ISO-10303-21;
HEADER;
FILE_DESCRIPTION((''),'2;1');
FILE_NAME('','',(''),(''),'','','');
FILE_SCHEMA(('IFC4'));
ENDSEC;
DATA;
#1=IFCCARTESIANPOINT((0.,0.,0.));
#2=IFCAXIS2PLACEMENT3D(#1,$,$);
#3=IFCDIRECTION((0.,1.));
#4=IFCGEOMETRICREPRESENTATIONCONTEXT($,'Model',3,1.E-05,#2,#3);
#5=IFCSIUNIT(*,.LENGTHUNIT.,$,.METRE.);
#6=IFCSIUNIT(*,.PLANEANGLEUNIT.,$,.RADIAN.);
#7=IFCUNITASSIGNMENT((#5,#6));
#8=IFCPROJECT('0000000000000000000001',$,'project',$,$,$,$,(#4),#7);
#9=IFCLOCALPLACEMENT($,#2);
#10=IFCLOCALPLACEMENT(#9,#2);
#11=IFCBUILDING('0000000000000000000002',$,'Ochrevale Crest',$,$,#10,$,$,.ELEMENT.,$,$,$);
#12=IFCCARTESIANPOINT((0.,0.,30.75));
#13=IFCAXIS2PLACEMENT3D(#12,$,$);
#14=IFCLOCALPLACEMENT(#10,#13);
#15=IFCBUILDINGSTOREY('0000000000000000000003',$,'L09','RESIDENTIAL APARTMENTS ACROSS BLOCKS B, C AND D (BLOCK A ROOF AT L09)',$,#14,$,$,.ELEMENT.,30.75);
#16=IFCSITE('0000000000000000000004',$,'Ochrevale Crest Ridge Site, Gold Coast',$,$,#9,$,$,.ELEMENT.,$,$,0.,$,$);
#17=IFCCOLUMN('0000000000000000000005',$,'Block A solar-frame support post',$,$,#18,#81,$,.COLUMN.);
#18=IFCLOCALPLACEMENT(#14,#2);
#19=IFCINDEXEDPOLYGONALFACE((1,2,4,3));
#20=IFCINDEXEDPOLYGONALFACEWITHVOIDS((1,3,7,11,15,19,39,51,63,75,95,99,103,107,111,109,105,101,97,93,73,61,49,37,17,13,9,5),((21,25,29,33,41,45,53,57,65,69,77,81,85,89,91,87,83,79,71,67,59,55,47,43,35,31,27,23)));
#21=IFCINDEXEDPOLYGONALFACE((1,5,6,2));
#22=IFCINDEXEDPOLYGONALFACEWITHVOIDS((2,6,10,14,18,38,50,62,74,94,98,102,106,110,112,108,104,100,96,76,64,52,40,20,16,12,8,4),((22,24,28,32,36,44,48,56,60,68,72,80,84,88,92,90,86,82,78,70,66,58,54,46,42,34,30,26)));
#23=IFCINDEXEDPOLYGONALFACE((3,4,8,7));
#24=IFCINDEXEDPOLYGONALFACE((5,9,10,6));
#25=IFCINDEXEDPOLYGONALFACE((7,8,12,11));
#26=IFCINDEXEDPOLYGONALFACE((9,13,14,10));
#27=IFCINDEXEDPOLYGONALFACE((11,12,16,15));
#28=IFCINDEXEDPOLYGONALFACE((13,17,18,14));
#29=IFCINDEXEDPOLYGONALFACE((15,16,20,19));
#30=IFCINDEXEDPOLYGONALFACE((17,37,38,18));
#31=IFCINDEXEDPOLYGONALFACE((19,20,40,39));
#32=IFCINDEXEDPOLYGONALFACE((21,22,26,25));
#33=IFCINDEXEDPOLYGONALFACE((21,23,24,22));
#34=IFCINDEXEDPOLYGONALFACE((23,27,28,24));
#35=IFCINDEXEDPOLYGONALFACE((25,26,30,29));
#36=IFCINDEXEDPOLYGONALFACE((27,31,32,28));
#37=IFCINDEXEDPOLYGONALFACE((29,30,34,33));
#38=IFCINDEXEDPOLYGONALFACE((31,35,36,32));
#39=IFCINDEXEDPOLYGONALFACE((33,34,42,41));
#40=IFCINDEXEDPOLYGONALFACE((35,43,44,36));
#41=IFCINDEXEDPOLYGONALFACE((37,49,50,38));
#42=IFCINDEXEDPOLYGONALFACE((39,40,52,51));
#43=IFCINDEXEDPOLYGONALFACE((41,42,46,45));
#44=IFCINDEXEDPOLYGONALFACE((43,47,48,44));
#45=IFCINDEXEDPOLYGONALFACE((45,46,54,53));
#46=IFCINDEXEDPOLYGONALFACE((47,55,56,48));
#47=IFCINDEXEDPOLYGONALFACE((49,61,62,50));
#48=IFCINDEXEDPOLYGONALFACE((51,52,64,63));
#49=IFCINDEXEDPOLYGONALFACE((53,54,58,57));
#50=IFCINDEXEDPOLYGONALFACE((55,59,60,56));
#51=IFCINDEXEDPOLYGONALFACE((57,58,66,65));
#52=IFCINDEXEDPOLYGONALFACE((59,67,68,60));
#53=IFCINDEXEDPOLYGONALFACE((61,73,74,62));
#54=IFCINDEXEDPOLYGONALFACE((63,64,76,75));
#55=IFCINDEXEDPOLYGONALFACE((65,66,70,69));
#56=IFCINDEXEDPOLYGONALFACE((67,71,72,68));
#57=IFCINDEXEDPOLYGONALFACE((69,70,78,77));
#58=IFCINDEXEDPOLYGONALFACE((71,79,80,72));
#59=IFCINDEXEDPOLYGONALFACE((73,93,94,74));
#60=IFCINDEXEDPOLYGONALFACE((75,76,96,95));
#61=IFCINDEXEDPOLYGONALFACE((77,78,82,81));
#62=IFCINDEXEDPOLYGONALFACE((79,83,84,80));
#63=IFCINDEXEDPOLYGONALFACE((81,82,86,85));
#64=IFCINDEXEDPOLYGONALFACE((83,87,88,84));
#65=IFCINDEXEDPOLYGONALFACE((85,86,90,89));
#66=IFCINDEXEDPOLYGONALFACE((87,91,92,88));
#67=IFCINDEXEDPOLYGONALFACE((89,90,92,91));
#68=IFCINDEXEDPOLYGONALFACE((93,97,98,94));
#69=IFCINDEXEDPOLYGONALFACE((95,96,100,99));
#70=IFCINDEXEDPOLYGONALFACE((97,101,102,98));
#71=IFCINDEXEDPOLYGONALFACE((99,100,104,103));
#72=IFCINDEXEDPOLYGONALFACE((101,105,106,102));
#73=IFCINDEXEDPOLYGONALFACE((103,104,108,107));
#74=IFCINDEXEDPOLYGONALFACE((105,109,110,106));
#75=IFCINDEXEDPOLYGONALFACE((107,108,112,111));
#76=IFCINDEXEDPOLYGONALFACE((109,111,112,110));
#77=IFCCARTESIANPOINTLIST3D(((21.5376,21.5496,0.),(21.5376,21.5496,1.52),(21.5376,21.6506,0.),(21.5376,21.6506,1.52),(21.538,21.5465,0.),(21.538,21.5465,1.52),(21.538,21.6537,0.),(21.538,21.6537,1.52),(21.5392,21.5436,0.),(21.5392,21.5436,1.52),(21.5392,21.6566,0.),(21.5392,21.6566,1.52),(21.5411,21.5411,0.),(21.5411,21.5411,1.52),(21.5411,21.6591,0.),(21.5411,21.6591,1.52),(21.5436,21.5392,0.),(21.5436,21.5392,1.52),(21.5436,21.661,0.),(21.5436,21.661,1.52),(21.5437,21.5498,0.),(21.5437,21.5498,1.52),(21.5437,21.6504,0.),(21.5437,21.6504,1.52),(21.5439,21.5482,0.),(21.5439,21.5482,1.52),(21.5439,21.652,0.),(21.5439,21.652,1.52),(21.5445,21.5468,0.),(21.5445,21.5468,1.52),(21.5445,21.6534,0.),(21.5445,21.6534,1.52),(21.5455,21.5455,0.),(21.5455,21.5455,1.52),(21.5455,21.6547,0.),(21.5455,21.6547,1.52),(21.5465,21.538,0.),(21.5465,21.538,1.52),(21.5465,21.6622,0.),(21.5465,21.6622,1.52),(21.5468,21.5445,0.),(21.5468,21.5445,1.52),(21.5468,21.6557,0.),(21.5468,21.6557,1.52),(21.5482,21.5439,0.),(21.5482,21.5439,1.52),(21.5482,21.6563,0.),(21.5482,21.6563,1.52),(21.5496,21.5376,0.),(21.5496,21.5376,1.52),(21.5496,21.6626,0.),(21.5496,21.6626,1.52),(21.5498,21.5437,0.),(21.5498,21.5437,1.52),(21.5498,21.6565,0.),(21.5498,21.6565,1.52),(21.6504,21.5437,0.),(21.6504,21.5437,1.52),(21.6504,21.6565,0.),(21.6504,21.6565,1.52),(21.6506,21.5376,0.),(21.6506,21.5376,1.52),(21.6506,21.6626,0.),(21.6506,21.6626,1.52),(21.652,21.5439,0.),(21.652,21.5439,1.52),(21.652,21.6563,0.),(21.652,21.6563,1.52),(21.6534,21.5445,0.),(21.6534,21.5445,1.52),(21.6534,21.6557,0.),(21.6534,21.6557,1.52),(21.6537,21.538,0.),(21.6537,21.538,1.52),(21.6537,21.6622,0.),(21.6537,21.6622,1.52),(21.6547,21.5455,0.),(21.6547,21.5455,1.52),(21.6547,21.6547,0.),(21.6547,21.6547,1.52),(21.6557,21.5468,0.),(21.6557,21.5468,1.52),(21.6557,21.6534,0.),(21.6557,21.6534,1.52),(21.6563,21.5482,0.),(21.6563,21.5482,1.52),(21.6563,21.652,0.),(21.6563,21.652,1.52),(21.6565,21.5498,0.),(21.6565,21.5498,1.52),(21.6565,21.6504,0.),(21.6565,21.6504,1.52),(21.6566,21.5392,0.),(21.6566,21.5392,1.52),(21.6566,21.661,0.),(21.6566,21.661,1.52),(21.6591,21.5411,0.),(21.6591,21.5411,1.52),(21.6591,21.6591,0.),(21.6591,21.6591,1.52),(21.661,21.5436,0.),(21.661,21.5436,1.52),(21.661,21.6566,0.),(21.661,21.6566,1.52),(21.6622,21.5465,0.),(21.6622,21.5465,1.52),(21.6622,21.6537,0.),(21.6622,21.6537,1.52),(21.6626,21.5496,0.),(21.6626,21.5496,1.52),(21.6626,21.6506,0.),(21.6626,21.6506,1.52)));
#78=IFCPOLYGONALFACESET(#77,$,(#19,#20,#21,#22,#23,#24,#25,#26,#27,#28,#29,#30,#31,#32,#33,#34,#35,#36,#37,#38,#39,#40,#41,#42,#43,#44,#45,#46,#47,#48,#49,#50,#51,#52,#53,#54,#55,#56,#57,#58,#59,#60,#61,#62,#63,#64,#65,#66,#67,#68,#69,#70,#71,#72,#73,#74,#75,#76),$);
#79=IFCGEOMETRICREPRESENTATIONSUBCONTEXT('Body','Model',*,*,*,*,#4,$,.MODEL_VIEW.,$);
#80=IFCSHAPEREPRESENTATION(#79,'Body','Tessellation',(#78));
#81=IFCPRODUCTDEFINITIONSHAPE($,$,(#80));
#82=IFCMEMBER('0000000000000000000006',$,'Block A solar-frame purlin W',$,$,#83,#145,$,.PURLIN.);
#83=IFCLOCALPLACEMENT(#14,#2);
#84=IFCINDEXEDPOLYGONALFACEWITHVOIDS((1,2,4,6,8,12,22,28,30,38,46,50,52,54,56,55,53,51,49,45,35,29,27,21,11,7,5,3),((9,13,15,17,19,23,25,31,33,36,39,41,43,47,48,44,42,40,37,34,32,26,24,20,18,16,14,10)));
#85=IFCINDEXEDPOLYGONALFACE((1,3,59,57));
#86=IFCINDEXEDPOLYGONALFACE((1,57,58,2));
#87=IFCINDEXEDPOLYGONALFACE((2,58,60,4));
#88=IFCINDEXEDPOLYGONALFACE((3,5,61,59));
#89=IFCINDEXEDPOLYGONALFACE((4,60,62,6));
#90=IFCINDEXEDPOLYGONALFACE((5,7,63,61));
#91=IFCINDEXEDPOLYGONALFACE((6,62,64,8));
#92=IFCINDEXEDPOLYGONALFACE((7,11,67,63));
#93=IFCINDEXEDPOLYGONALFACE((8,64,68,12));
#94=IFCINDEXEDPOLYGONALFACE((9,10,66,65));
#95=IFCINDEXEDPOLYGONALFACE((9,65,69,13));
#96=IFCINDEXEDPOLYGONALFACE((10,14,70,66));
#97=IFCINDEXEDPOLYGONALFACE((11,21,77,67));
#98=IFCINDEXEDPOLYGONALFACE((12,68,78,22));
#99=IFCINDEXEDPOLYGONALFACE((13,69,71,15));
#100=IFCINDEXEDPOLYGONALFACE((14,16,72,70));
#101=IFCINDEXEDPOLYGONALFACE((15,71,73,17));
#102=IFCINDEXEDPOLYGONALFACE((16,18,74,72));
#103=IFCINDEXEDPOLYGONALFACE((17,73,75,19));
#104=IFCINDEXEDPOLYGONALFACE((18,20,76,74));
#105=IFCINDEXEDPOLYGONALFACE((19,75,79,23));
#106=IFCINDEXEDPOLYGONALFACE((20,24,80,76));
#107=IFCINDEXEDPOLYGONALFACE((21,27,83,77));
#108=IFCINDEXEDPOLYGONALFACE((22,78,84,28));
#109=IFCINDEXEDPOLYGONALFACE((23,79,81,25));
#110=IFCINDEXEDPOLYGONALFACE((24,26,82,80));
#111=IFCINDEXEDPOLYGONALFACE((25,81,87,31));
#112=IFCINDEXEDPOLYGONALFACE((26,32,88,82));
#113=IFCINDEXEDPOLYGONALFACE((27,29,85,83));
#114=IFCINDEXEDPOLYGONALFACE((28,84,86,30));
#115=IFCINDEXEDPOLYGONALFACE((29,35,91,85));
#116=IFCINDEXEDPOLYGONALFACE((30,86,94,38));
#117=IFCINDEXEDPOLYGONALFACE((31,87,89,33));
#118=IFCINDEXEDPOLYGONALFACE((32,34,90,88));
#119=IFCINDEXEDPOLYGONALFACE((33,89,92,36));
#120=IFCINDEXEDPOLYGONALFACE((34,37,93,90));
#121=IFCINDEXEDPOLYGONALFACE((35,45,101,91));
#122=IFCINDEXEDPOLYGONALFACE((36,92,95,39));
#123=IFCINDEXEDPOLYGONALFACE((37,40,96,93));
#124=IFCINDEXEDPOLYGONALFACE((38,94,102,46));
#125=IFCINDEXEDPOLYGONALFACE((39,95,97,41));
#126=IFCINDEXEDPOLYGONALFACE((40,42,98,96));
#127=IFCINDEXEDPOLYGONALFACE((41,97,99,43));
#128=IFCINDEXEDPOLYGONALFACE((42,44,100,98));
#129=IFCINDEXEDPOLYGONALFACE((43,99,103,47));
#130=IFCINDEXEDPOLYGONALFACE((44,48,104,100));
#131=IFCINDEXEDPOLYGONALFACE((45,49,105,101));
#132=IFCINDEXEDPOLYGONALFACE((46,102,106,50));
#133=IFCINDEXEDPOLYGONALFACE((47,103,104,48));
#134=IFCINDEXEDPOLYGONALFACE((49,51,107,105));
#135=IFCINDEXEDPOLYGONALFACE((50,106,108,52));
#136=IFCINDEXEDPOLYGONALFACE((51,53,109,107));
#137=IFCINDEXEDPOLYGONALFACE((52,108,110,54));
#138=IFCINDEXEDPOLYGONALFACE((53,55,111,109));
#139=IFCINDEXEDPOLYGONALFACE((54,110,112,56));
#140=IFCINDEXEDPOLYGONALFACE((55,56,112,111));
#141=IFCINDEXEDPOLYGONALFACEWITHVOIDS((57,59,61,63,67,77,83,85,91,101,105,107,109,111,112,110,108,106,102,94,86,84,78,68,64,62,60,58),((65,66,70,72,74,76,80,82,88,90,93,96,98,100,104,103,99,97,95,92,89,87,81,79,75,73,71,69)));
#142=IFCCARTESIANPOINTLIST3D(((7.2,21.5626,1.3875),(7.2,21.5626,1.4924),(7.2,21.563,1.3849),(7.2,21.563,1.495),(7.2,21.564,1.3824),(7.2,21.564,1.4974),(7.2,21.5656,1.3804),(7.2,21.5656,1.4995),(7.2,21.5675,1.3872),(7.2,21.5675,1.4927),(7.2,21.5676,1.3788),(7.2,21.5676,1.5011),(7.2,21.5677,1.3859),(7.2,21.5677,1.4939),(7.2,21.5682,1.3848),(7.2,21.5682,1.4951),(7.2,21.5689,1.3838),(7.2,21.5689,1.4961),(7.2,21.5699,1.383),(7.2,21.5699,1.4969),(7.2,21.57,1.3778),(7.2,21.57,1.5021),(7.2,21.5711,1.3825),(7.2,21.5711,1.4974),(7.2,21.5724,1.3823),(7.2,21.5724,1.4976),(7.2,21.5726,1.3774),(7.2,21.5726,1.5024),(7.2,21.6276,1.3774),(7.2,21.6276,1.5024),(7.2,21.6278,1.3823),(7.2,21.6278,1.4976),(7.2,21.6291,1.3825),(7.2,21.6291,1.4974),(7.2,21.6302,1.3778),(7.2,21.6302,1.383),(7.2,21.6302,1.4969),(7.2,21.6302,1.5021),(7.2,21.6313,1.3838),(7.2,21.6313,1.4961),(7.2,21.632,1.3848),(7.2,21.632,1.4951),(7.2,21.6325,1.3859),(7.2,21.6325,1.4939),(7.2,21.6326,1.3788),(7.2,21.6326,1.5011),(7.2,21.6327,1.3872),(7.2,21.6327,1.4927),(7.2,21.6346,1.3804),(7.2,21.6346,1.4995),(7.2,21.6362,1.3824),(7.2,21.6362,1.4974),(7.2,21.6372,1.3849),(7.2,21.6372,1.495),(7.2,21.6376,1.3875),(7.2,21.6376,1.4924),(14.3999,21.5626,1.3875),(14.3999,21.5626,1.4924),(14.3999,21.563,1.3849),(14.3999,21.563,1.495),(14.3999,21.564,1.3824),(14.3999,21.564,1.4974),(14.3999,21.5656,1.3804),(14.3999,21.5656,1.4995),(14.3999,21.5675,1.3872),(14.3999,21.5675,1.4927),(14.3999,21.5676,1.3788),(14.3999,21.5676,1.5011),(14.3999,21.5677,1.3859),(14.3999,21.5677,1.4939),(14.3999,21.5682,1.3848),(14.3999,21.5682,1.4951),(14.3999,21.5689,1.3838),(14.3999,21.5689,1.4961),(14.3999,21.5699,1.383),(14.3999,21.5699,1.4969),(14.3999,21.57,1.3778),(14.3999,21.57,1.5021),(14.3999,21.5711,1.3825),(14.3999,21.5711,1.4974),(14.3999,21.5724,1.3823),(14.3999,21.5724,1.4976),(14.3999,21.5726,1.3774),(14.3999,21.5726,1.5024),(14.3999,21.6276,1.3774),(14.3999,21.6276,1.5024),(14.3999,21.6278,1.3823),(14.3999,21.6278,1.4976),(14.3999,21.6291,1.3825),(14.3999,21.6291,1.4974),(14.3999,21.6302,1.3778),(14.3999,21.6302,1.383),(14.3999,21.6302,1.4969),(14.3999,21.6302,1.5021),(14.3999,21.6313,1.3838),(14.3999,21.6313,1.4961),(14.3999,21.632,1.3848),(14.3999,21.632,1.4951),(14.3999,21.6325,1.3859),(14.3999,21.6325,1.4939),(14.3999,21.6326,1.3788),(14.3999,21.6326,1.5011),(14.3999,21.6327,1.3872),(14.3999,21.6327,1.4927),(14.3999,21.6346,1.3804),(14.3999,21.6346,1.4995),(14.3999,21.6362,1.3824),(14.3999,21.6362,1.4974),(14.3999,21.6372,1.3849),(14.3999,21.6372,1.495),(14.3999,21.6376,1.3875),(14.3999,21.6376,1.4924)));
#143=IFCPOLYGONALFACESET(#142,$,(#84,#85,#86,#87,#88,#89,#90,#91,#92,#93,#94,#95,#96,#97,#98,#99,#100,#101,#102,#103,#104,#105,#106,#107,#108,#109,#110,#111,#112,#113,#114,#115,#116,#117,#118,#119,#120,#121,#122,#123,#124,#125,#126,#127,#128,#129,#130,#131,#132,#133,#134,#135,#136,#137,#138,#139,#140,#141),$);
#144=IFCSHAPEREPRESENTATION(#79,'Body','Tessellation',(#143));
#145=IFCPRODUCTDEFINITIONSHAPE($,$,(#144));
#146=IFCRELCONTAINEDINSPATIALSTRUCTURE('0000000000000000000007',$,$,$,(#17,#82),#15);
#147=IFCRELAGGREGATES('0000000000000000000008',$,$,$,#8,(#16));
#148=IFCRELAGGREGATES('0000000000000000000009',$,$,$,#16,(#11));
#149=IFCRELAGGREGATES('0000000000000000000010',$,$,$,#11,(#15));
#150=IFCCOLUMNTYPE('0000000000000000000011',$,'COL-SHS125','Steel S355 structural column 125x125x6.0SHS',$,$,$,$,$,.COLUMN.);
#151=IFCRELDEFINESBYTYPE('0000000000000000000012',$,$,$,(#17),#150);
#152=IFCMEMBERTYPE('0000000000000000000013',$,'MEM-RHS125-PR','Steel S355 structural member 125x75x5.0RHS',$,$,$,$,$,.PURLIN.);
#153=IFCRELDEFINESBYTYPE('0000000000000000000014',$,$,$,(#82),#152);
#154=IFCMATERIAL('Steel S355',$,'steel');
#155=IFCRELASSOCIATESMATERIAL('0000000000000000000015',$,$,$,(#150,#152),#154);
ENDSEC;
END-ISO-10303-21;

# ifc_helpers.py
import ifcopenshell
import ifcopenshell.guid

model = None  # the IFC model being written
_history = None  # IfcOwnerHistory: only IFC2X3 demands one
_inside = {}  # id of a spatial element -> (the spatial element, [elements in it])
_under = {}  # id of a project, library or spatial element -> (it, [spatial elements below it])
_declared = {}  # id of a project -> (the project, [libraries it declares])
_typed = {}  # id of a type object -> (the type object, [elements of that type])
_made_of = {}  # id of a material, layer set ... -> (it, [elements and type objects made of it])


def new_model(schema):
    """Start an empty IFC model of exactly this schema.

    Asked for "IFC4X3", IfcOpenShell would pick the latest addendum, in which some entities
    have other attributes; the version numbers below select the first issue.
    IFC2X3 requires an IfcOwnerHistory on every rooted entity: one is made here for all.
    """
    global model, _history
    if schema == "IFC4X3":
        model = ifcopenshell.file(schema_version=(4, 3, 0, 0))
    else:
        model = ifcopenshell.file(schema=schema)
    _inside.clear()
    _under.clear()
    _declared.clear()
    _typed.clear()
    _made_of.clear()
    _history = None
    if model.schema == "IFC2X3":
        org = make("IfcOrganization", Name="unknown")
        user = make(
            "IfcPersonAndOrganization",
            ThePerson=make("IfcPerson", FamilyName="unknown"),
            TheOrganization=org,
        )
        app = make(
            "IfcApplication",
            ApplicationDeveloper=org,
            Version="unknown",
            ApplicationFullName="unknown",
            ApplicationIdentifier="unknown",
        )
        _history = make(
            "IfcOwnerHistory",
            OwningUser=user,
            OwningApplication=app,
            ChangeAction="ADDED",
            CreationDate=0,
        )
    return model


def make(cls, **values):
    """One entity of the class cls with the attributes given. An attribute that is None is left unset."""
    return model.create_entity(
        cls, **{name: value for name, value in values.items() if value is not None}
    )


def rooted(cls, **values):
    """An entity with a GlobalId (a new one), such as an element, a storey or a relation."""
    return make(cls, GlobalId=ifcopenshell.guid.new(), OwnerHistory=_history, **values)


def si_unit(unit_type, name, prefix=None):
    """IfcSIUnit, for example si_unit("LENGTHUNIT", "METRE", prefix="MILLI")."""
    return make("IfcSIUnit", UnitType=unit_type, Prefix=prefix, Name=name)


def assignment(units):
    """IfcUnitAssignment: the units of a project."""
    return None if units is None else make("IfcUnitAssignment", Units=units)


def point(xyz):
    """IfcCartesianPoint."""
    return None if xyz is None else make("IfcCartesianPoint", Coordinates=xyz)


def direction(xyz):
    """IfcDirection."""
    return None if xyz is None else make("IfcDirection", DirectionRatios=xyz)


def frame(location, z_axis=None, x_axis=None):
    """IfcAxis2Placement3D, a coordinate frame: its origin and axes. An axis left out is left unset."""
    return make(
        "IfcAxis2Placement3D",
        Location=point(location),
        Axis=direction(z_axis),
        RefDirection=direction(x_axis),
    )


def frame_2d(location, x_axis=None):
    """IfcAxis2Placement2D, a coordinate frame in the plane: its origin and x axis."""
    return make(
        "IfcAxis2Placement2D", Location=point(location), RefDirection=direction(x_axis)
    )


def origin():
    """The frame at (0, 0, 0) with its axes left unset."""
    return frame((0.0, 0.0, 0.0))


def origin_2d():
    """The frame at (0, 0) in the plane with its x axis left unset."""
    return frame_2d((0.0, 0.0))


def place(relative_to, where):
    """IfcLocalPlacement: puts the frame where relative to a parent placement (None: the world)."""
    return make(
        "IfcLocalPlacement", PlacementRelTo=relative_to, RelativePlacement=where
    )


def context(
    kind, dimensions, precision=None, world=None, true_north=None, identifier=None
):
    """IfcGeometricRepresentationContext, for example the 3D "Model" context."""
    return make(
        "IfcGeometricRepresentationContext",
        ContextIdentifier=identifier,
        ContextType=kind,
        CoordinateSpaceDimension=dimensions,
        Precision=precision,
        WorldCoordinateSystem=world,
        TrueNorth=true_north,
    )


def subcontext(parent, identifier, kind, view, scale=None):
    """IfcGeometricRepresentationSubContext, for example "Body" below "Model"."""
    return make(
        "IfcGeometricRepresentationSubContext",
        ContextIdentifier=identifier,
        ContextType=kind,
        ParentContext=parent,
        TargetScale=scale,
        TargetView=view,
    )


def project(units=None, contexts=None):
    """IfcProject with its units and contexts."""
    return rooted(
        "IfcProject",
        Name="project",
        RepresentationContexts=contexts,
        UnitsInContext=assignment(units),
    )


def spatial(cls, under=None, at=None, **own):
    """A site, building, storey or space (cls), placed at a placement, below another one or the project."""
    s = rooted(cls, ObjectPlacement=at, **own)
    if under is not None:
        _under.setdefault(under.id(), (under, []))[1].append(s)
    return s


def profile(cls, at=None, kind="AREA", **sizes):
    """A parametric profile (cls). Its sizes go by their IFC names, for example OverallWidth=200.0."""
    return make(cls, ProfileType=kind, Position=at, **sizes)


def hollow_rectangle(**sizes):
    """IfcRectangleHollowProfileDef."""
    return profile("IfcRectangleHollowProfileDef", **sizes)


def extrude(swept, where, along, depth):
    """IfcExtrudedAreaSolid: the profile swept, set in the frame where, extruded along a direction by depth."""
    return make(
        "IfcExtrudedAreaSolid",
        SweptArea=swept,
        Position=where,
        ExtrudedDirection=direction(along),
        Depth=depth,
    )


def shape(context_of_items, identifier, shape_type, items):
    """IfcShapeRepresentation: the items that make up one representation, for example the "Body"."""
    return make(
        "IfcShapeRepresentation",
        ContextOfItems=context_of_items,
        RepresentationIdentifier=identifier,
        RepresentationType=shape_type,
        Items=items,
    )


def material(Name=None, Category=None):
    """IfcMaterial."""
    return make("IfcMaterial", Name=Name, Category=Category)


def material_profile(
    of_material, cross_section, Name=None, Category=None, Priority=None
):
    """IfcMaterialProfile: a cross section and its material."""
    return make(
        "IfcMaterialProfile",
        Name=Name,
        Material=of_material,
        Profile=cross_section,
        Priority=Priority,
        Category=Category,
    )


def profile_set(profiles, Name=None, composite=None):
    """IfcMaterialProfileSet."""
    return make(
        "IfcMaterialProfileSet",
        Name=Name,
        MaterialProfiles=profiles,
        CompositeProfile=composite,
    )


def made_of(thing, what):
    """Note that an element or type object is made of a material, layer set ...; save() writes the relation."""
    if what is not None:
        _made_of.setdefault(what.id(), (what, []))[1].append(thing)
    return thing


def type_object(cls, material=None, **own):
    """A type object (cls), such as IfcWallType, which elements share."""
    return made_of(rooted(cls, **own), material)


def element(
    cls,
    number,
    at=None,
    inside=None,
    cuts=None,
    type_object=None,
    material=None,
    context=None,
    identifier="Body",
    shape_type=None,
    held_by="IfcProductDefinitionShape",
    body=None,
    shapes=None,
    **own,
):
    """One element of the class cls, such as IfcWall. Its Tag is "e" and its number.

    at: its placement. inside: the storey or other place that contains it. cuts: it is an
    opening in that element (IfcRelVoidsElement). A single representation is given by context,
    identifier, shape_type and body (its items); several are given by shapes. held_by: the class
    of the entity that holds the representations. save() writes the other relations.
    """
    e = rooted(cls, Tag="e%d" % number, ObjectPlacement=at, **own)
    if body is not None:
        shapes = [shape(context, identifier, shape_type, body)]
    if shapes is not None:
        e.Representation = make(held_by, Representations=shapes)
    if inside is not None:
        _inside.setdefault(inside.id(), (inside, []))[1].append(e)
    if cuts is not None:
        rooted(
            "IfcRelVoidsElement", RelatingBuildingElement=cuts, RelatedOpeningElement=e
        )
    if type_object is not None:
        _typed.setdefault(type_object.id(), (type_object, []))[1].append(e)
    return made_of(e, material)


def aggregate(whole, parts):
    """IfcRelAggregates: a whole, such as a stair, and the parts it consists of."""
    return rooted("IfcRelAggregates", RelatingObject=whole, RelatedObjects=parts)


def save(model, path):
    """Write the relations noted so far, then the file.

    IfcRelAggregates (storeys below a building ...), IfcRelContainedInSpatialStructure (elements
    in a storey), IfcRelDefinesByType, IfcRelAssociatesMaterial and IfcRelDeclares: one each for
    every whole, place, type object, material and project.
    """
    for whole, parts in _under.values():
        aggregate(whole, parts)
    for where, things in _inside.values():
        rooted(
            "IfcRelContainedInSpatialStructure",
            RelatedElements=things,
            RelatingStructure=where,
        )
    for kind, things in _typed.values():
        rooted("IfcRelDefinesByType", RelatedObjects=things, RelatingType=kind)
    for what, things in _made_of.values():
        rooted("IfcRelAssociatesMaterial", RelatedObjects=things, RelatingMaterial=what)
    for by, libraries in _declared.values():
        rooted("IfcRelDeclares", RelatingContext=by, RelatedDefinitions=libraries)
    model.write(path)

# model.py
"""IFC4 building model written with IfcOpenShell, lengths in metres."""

from ifc_helpers import new_model, si_unit, direction, frame, origin, origin_2d, place, context, subcontext, project, spatial, hollow_rectangle, extrude, material, material_profile, profile_set, type_object, element, save


model = new_model("IFC4")

# Units and contexts
model_context = context("Model", 3, precision=1e-05, world=origin(), true_north=direction((0.0, 1.0)))
body_context = subcontext(model_context, "Body", "Model", "MODEL_VIEW")
ifc_project = project(units=[si_unit("LENGTHUNIT", "METRE"), si_unit("PLANEANGLEUNIT", "RADIAN")], contexts=[model_context])

# Site, building, storey
site_placement = place(None, origin())
site = spatial("IfcSite", under=ifc_project, at=site_placement, Name="Ochrevale Crest Ridge Site, Gold Coast", CompositionType="ELEMENT", RefElevation=0.0)
building_placement = place(site_placement, origin())
building = spatial("IfcBuilding", under=site, at=building_placement, Name="Ochrevale Crest", CompositionType="ELEMENT")
storey_placement = place(building_placement, frame((0.0, 0.0, 30.75)))
storey = spatial("IfcBuildingStorey", under=building, at=storey_placement, Name="L09", Description="RESIDENTIAL APARTMENTS ACROSS BLOCKS B, C AND D (BLOCK A ROOF AT L09)", CompositionType="ELEMENT", Elevation=30.75)

# Column
ifc_material_1 = material(Name="Steel S355", Category="steel")
ifc_material_profile_1 = material_profile(ifc_material_1, hollow_rectangle(XDim=0.125, YDim=0.125, WallThickness=0.0061, InnerFilletRadius=0.0061, OuterFilletRadius=0.012, at=origin_2d()), Name="125x125x6.0SHS")
ifc_profile_set_1 = profile_set([ifc_material_profile_1], Name="Steel S355")
column_type = type_object("IfcColumnType", Name="COL-SHS125", Description="Steel S355 structural column 125x125x6.0SHS", PredefinedType="COLUMN", material=ifc_profile_set_1)
column_1_placement = place(storey_placement, frame((21.6001, 21.6001, 0.0), z_axis=(0.0, 0.0, 1.0), x_axis=(1.0, 0.0, 0.0)))
element("IfcColumn", 1, at=column_1_placement, inside=storey, type_object=column_type, Name="Block A solar-frame support post", PredefinedType="COLUMN", context=body_context, shape_type="SweptSolid", body=[
    extrude(hollow_rectangle(XDim=0.125, YDim=0.125, WallThickness=0.0061, InnerFilletRadius=0.0061, OuterFilletRadius=0.012, at=origin_2d()), origin(), (0.0, 0.0, 1.0), 1.52),
])

# Member
ifc_material_profile_2 = material_profile(ifc_material_1, hollow_rectangle(XDim=0.075, YDim=0.125, WallThickness=0.0049, InnerFilletRadius=0.0049, OuterFilletRadius=0.01, at=origin_2d()), Name="125x75x5.0RHS")
ifc_profile_set_2 = profile_set([ifc_material_profile_2], Name="Steel S355")
member_type_1 = type_object("IfcMemberType", Name="MEM-RHS125-PR", Description="Steel S355 structural member 125x75x5.0RHS", PredefinedType="PURLIN", material=ifc_profile_set_2)
for number, where, z_axis, x_axis, name in (
    (2, (7.2, 21.6001, 1.4399), (1.0, 0.0, 0.0), (0.0, 1.0, 0.0), "Block A solar-frame purlin W"),
):
    element("IfcMember", number, at=place(storey_placement, frame(where, z_axis=z_axis, x_axis=x_axis)), inside=storey, type_object=member_type_1, Name=name, PredefinedType="PURLIN", context=body_context, shape_type="SweptSolid", body=[
        extrude(hollow_rectangle(XDim=0.075, YDim=0.125, WallThickness=0.0049, InnerFilletRadius=0.0049, OuterFilletRadius=0.01, at=origin_2d()), origin(), (0.0, 0.0, 1.0), 7.2),
    ])

save(model, "model.ifc")
